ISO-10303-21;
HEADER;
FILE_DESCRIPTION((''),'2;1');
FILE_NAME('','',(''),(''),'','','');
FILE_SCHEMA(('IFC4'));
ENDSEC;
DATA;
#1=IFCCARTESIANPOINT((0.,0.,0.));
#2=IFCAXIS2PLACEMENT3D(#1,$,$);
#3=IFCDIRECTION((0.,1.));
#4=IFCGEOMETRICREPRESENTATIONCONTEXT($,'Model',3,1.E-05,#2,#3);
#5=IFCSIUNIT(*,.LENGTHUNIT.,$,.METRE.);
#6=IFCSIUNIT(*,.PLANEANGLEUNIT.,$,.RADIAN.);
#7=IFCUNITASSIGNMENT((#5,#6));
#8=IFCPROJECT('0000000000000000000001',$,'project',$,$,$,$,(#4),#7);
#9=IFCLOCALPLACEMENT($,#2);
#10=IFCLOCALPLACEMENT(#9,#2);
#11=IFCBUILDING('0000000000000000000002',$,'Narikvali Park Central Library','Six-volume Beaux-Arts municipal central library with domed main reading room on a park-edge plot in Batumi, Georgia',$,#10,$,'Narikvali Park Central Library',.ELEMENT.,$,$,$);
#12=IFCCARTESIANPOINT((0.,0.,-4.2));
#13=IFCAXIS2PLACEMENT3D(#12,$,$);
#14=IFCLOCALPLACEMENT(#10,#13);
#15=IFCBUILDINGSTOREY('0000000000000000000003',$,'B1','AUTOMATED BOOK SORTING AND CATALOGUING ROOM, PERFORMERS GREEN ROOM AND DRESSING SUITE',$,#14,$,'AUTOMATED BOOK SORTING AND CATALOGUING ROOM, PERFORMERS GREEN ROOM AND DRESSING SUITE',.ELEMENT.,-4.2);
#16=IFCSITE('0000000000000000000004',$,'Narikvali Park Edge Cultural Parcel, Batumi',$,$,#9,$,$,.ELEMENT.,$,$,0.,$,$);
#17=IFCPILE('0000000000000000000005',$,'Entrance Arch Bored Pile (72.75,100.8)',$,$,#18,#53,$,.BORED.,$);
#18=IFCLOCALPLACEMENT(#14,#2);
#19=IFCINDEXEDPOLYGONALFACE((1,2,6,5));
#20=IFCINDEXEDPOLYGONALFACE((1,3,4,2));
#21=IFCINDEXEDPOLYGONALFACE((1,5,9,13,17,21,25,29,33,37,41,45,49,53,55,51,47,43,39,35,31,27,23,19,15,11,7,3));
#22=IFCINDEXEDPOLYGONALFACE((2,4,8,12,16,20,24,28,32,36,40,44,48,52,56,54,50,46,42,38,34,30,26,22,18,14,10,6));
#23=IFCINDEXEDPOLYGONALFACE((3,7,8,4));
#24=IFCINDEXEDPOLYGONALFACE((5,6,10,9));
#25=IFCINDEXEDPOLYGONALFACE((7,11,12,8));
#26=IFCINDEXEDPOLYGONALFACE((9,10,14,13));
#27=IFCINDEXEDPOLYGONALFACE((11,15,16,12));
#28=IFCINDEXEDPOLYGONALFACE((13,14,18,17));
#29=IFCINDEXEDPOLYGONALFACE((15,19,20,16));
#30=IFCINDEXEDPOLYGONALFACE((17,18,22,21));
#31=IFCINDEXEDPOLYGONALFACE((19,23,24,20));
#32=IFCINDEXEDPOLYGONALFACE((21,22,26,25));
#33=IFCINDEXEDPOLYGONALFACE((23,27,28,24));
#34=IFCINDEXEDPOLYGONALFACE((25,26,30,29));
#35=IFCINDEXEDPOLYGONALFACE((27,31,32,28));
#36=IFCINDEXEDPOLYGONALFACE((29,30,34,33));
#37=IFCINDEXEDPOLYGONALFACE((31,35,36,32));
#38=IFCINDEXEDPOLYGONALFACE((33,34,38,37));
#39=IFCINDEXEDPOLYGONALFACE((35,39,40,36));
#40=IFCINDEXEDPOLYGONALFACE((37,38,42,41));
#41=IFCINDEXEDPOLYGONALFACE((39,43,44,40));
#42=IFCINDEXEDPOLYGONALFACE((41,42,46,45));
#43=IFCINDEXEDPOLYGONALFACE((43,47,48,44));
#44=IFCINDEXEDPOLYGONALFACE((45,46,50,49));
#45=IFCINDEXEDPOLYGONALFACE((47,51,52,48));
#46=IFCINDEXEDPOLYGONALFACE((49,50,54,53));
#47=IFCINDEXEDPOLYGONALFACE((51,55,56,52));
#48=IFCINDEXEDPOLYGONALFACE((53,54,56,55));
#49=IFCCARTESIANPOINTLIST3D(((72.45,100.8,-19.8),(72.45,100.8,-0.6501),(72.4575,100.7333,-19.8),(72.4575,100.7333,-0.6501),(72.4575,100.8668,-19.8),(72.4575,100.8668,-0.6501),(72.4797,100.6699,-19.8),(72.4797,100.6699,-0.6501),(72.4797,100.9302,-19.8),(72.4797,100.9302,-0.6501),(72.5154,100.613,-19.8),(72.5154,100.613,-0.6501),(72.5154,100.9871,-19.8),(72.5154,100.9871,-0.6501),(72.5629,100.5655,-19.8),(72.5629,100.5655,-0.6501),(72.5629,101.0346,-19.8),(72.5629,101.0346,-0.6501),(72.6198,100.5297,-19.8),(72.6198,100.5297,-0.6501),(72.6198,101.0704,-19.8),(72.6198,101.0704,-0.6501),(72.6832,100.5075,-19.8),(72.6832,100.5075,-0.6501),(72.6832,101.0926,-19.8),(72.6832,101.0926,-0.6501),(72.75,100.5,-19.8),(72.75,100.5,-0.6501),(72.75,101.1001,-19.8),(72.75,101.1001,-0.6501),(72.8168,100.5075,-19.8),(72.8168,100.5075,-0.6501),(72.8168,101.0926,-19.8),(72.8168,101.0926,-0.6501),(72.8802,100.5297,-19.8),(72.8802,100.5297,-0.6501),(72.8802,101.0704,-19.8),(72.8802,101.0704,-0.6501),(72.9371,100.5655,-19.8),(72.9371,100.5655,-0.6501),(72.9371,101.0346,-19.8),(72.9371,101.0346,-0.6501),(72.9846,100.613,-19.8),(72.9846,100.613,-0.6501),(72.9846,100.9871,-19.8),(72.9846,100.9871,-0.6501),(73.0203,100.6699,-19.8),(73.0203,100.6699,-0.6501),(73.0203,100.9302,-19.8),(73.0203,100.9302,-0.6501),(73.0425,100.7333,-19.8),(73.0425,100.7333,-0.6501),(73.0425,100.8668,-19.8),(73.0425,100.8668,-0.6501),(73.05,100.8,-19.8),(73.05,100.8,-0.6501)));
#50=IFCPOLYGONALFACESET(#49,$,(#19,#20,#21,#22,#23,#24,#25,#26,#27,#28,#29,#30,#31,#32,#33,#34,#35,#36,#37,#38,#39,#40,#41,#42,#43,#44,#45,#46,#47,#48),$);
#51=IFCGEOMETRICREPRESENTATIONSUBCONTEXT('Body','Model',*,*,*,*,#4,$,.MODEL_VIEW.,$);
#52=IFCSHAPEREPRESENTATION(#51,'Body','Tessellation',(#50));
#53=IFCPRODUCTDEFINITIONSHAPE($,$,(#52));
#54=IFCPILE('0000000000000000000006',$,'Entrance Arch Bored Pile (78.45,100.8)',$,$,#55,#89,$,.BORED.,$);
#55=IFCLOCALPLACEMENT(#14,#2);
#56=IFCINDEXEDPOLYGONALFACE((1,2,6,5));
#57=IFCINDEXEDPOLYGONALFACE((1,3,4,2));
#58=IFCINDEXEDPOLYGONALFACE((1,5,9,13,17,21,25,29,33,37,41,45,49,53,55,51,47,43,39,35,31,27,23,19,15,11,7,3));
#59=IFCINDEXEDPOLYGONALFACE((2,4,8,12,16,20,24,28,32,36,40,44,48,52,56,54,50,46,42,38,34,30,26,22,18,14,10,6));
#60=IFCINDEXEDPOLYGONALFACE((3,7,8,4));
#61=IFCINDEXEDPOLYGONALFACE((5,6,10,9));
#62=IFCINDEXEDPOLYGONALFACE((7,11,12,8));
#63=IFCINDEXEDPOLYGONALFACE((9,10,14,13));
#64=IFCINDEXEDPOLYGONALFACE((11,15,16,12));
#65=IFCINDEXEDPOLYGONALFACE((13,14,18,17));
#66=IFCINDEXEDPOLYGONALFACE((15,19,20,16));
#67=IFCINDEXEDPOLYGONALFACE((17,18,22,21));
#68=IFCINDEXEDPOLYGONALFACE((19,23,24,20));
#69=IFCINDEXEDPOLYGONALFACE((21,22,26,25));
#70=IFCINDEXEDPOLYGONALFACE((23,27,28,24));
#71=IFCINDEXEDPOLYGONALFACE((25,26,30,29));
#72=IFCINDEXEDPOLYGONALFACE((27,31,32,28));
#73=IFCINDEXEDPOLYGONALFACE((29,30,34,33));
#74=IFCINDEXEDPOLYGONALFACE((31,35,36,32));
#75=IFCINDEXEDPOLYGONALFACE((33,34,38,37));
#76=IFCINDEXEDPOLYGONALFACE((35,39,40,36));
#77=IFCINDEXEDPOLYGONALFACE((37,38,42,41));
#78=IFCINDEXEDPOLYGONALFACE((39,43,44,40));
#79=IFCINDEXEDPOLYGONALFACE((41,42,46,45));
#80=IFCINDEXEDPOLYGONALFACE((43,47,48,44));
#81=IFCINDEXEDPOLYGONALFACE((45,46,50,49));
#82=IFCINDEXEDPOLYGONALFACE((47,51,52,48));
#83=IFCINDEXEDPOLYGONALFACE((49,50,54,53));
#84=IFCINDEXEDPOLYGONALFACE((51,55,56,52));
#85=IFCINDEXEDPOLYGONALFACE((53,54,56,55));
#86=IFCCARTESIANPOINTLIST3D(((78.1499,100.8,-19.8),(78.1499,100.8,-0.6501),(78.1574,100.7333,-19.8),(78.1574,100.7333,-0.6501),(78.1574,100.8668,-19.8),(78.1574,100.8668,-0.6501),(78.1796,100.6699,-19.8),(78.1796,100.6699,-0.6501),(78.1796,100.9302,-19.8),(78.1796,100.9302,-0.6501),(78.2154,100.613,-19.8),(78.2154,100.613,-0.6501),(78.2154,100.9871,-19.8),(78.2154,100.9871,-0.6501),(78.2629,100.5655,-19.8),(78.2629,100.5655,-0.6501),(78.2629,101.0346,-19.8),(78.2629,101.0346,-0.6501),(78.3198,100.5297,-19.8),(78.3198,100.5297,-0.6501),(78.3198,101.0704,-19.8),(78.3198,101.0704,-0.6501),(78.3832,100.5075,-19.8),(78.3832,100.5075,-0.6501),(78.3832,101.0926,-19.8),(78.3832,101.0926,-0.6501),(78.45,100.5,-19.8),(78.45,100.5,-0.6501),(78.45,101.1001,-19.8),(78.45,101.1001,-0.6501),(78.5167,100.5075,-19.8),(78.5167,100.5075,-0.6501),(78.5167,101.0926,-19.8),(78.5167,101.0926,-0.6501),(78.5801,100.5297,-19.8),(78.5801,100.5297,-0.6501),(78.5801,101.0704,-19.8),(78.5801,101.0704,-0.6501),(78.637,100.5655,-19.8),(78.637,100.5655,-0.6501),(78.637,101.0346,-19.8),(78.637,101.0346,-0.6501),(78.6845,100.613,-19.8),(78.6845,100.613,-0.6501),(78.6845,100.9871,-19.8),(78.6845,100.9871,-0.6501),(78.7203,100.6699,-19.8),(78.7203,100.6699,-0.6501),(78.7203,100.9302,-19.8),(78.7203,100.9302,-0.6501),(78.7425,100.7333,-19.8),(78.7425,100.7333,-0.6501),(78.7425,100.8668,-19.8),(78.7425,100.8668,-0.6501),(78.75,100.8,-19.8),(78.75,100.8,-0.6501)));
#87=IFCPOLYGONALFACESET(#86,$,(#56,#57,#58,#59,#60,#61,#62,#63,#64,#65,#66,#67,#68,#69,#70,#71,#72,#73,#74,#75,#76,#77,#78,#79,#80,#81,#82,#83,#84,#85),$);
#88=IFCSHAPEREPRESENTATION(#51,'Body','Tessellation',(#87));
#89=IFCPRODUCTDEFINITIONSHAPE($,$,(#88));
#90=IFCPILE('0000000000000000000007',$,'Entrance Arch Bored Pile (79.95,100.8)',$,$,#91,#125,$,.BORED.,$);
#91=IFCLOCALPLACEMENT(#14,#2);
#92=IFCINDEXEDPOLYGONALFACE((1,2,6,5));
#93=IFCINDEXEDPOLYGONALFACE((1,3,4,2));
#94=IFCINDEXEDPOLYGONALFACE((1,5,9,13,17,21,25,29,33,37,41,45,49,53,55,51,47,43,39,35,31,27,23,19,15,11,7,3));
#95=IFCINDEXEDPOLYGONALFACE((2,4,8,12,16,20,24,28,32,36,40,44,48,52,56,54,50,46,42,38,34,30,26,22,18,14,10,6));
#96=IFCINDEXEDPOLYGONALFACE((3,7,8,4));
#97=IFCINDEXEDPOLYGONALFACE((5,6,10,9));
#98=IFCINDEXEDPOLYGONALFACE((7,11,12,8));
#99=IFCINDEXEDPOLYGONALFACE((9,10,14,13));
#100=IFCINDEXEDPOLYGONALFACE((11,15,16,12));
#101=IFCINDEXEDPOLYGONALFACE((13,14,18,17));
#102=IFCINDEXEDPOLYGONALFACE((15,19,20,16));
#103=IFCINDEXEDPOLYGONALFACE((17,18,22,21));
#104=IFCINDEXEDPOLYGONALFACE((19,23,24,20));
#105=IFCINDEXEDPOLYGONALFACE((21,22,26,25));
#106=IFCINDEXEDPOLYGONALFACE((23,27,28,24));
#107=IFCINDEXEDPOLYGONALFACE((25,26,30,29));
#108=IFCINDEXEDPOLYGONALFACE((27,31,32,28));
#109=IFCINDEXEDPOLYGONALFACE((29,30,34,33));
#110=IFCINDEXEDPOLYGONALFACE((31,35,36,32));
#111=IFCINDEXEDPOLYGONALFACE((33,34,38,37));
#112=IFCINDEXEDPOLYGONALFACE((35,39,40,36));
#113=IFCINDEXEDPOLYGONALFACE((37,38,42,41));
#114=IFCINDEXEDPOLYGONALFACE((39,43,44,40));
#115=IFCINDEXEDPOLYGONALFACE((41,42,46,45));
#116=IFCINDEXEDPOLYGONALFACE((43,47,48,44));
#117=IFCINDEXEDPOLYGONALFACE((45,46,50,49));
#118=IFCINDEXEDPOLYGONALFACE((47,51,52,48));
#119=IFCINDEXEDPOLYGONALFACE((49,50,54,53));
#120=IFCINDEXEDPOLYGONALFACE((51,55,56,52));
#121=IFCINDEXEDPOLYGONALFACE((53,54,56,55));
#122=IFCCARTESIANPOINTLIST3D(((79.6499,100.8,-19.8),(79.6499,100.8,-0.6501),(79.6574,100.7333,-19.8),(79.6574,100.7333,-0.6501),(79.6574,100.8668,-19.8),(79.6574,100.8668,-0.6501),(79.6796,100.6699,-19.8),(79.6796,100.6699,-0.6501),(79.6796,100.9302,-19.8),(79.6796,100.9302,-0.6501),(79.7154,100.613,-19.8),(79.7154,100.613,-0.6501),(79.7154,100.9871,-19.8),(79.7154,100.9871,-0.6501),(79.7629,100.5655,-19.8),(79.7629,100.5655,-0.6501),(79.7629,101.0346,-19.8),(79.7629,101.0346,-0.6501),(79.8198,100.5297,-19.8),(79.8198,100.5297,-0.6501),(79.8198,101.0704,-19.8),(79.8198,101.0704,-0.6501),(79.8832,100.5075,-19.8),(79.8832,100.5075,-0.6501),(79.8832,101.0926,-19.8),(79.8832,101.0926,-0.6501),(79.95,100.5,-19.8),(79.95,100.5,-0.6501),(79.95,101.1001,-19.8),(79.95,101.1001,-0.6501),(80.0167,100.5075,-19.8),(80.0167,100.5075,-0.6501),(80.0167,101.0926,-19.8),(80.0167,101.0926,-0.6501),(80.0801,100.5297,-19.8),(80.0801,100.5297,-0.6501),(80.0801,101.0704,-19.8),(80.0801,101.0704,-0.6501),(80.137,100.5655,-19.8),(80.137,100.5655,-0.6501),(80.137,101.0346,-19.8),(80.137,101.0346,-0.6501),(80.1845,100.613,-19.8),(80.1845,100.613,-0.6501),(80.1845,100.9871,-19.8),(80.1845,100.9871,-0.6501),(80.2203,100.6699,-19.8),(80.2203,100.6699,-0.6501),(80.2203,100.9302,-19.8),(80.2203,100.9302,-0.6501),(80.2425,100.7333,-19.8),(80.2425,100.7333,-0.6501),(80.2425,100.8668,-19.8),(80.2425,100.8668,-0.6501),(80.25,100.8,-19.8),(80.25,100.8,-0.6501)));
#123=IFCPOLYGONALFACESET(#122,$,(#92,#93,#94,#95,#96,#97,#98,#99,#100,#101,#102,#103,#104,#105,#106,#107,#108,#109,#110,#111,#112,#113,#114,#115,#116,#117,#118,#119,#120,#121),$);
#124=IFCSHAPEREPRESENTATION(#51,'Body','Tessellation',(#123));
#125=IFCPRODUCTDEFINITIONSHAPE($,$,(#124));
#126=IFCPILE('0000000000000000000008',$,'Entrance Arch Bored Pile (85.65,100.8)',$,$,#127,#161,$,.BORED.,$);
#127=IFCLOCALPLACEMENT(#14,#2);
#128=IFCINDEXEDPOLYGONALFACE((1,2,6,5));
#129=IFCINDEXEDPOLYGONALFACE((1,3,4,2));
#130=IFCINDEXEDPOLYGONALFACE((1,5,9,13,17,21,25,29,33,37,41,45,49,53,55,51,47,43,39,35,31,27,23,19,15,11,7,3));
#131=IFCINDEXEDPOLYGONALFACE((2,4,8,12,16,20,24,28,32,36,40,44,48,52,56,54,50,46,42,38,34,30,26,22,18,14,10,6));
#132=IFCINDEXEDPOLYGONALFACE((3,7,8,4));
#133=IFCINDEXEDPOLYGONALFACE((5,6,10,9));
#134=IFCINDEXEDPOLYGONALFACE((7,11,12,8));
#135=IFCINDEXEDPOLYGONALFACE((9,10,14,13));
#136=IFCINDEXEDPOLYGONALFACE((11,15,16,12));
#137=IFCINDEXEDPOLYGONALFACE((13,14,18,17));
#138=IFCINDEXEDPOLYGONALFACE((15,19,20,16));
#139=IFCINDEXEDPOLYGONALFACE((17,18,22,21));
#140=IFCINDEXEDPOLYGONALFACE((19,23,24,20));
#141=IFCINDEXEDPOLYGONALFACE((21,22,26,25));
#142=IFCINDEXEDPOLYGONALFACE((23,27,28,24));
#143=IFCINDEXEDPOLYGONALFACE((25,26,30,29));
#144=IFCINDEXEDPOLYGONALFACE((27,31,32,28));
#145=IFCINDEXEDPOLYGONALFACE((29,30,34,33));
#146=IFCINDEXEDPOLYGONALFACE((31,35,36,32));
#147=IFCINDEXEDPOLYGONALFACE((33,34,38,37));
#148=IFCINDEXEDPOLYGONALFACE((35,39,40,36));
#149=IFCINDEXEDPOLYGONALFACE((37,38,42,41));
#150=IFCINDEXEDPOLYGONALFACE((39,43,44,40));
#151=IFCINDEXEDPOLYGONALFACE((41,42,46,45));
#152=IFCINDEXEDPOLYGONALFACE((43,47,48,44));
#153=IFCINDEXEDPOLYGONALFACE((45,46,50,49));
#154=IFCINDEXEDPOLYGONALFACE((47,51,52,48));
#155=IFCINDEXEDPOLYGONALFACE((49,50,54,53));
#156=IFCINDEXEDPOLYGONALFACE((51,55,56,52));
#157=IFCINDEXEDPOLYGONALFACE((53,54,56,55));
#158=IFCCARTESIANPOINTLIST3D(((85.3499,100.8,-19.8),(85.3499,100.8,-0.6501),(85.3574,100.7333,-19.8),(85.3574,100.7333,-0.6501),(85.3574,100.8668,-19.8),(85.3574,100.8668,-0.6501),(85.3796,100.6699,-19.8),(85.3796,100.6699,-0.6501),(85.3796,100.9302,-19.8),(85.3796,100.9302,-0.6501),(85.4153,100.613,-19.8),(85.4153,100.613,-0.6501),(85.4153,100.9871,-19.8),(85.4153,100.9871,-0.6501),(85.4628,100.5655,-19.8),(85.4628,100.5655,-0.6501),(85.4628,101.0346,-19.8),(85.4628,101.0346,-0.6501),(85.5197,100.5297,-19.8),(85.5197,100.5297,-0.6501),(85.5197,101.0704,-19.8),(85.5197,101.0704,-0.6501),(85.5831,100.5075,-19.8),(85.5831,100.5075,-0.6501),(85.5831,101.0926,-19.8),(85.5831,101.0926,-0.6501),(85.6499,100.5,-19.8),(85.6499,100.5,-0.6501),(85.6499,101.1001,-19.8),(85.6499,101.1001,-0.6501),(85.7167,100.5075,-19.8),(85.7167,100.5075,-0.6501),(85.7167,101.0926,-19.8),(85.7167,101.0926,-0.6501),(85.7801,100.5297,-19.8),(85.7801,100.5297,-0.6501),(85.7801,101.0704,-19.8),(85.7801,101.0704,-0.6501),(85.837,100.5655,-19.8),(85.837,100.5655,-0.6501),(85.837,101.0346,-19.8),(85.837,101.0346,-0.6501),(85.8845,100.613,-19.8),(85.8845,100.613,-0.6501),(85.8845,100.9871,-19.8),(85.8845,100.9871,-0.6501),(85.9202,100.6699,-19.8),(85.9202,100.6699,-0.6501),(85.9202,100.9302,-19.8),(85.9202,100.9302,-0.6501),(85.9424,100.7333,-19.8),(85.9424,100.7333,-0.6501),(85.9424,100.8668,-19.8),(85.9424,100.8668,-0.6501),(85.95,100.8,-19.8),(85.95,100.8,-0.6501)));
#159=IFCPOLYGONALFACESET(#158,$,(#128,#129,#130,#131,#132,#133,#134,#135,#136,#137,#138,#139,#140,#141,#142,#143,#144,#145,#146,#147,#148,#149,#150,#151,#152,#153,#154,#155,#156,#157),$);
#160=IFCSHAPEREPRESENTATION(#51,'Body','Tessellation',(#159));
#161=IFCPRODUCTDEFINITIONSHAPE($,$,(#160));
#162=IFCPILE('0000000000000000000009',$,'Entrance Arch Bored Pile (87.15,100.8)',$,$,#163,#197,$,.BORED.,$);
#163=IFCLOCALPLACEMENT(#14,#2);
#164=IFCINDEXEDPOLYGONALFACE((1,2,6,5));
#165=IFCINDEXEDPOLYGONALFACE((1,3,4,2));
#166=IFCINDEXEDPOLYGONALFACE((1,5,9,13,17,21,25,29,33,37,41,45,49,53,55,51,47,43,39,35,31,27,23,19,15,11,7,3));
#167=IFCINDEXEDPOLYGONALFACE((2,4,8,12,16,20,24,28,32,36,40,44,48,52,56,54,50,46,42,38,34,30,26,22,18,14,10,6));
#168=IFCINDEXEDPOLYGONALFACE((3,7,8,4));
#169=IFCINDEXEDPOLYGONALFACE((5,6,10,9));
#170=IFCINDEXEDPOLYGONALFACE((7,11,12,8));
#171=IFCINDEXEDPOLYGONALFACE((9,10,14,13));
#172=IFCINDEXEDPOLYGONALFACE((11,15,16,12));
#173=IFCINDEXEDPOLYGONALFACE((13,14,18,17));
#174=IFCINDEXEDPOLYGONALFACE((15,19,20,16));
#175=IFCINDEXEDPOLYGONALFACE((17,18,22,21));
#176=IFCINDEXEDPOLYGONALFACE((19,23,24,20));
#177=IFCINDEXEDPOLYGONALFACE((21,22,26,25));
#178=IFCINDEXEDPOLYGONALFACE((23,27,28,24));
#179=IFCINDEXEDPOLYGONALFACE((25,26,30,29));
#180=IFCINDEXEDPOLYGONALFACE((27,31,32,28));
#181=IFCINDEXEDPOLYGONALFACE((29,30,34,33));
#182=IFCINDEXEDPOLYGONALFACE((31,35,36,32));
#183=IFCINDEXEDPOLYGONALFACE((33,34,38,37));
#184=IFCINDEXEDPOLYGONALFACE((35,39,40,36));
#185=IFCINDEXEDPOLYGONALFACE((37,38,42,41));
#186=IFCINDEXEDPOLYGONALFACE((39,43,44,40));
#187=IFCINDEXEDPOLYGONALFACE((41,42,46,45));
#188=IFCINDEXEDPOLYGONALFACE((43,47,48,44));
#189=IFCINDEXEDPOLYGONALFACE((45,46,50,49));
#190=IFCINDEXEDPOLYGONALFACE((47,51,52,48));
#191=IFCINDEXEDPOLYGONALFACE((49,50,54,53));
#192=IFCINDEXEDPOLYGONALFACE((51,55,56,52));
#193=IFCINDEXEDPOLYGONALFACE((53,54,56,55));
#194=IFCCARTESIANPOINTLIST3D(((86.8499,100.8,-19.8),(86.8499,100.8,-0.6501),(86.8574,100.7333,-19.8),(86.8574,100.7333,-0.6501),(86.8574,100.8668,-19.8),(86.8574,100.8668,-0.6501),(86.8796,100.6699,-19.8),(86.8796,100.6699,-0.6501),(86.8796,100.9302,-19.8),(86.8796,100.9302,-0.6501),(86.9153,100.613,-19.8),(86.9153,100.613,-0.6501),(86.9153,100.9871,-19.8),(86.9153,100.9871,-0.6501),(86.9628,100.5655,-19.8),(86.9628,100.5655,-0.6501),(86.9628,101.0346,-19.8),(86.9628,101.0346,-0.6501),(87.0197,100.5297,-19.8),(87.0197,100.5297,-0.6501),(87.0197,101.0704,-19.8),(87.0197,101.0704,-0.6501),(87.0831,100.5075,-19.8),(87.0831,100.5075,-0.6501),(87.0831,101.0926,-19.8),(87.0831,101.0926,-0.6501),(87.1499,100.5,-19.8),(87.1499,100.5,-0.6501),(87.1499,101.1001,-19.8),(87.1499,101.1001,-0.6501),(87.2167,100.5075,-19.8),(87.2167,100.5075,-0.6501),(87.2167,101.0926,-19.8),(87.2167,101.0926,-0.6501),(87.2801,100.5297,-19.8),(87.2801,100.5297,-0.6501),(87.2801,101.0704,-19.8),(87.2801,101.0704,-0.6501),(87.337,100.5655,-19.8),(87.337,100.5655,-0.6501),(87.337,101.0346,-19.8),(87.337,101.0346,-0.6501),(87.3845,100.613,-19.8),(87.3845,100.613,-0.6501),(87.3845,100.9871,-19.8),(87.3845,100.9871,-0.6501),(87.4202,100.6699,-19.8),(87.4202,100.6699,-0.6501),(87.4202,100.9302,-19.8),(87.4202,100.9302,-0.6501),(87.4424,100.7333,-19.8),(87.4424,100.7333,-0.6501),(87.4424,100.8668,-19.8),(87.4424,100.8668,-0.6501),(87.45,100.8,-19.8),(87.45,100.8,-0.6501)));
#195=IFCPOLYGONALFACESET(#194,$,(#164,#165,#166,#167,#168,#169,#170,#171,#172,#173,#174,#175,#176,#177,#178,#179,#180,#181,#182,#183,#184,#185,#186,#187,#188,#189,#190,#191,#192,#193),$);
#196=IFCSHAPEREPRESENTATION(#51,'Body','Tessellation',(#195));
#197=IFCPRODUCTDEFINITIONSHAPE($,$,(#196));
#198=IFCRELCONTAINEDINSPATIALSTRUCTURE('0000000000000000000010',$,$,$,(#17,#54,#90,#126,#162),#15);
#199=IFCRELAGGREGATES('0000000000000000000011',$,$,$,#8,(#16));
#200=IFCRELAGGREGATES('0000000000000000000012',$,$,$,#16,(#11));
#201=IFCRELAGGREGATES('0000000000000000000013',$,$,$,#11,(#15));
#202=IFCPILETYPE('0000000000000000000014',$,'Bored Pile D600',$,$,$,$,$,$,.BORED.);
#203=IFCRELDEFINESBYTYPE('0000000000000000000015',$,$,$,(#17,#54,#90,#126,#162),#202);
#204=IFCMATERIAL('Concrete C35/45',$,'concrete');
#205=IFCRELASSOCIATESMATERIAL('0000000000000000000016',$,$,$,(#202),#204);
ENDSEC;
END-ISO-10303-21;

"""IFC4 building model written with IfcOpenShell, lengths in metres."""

from ifc_helpers import new_model, si_unit, direction, frame, origin, origin_2d, place, context, subcontext, project, spatial, circle, extrude, material, material_profile, profile_set, type_object, element, save


model = new_model("IFC4")

# Units and contexts
model_context = context("Model", 3, precision=1e-05, world=origin(), true_north=direction((0.0, 1.0)))
body_context = subcontext(model_context, "Body", "Model", "MODEL_VIEW")
ifc_project = project(units=[si_unit("LENGTHUNIT", "METRE"), si_unit("PLANEANGLEUNIT", "RADIAN")], contexts=[model_context])

# Site, building, storey
site_placement = place(None, origin())
site = spatial("IfcSite", under=ifc_project, at=site_placement, Name="Narikvali Park Edge Cultural Parcel, Batumi", CompositionType="ELEMENT", RefElevation=0.0)
building_placement = place(site_placement, origin())
building = spatial("IfcBuilding", under=site, at=building_placement, Name="Narikvali Park Central Library", Description="Six-volume Beaux-Arts municipal central library with domed main reading room on a park-edge plot in Batumi, Georgia", LongName="Narikvali Park Central Library", CompositionType="ELEMENT")
storey_placement = place(building_placement, frame((0.0, 0.0, -4.2)))
storey = spatial("IfcBuildingStorey", under=building, at=storey_placement, Name="B1", Description="AUTOMATED BOOK SORTING AND CATALOGUING ROOM, PERFORMERS GREEN ROOM AND DRESSING SUITE", LongName="AUTOMATED BOOK SORTING AND CATALOGUING ROOM, PERFORMERS GREEN ROOM AND DRESSING SUITE", CompositionType="ELEMENT", Elevation=-4.2)

# Piles
ifc_material_1 = material(Name="Concrete C35/45", Category="concrete")
ifc_material_profile_1 = material_profile(ifc_material_1, circle(Radius=0.3, at=origin_2d()), Name="PILE D600")
ifc_profile_set_1 = profile_set([ifc_material_profile_1], Name="Concrete C35/45")
pile_type_1 = type_object("IfcPileType", Name="Bored Pile D600", PredefinedType="BORED", material=ifc_profile_set_1)
for number, where, z_axis, x_axis, name in (
    (1, (72.75, 100.8, -0.6501), (0.0, 0.0, -1.0), (1.0, 0.0, 0.0), "Entrance Arch Bored Pile (72.75,100.8)"),
    (2, (78.45, 100.8, -0.6501), (0.0, 0.0, -1.0), (1.0, 0.0, 0.0), "Entrance Arch Bored Pile (78.45,100.8)"),
    (3, (79.95, 100.8, -0.6501), (0.0, 0.0, -1.0), (1.0, 0.0, 0.0), "Entrance Arch Bored Pile (79.95,100.8)"),
    (4, (85.6499, 100.8, -0.6501), (0.0, 0.0, -1.0), (1.0, 0.0, 0.0), "Entrance Arch Bored Pile (85.65,100.8)"),
    (5, (87.1499, 100.8, -0.6501), (0.0, 0.0, -1.0), (1.0, 0.0, 0.0), "Entrance Arch Bored Pile (87.15,100.8)"),
):
    element("IfcPile", number, at=place(storey_placement, frame(where, z_axis=z_axis, x_axis=x_axis)), inside=storey, type_object=pile_type_1, Name=name, PredefinedType="BORED", context=body_context, shape_type="SweptSolid", body=[
        extrude(circle(Radius=0.3, at=origin_2d()), origin(), (0.0, 0.0, 1.0), 19.1499),
    ])

save(model, "model.ifc")
